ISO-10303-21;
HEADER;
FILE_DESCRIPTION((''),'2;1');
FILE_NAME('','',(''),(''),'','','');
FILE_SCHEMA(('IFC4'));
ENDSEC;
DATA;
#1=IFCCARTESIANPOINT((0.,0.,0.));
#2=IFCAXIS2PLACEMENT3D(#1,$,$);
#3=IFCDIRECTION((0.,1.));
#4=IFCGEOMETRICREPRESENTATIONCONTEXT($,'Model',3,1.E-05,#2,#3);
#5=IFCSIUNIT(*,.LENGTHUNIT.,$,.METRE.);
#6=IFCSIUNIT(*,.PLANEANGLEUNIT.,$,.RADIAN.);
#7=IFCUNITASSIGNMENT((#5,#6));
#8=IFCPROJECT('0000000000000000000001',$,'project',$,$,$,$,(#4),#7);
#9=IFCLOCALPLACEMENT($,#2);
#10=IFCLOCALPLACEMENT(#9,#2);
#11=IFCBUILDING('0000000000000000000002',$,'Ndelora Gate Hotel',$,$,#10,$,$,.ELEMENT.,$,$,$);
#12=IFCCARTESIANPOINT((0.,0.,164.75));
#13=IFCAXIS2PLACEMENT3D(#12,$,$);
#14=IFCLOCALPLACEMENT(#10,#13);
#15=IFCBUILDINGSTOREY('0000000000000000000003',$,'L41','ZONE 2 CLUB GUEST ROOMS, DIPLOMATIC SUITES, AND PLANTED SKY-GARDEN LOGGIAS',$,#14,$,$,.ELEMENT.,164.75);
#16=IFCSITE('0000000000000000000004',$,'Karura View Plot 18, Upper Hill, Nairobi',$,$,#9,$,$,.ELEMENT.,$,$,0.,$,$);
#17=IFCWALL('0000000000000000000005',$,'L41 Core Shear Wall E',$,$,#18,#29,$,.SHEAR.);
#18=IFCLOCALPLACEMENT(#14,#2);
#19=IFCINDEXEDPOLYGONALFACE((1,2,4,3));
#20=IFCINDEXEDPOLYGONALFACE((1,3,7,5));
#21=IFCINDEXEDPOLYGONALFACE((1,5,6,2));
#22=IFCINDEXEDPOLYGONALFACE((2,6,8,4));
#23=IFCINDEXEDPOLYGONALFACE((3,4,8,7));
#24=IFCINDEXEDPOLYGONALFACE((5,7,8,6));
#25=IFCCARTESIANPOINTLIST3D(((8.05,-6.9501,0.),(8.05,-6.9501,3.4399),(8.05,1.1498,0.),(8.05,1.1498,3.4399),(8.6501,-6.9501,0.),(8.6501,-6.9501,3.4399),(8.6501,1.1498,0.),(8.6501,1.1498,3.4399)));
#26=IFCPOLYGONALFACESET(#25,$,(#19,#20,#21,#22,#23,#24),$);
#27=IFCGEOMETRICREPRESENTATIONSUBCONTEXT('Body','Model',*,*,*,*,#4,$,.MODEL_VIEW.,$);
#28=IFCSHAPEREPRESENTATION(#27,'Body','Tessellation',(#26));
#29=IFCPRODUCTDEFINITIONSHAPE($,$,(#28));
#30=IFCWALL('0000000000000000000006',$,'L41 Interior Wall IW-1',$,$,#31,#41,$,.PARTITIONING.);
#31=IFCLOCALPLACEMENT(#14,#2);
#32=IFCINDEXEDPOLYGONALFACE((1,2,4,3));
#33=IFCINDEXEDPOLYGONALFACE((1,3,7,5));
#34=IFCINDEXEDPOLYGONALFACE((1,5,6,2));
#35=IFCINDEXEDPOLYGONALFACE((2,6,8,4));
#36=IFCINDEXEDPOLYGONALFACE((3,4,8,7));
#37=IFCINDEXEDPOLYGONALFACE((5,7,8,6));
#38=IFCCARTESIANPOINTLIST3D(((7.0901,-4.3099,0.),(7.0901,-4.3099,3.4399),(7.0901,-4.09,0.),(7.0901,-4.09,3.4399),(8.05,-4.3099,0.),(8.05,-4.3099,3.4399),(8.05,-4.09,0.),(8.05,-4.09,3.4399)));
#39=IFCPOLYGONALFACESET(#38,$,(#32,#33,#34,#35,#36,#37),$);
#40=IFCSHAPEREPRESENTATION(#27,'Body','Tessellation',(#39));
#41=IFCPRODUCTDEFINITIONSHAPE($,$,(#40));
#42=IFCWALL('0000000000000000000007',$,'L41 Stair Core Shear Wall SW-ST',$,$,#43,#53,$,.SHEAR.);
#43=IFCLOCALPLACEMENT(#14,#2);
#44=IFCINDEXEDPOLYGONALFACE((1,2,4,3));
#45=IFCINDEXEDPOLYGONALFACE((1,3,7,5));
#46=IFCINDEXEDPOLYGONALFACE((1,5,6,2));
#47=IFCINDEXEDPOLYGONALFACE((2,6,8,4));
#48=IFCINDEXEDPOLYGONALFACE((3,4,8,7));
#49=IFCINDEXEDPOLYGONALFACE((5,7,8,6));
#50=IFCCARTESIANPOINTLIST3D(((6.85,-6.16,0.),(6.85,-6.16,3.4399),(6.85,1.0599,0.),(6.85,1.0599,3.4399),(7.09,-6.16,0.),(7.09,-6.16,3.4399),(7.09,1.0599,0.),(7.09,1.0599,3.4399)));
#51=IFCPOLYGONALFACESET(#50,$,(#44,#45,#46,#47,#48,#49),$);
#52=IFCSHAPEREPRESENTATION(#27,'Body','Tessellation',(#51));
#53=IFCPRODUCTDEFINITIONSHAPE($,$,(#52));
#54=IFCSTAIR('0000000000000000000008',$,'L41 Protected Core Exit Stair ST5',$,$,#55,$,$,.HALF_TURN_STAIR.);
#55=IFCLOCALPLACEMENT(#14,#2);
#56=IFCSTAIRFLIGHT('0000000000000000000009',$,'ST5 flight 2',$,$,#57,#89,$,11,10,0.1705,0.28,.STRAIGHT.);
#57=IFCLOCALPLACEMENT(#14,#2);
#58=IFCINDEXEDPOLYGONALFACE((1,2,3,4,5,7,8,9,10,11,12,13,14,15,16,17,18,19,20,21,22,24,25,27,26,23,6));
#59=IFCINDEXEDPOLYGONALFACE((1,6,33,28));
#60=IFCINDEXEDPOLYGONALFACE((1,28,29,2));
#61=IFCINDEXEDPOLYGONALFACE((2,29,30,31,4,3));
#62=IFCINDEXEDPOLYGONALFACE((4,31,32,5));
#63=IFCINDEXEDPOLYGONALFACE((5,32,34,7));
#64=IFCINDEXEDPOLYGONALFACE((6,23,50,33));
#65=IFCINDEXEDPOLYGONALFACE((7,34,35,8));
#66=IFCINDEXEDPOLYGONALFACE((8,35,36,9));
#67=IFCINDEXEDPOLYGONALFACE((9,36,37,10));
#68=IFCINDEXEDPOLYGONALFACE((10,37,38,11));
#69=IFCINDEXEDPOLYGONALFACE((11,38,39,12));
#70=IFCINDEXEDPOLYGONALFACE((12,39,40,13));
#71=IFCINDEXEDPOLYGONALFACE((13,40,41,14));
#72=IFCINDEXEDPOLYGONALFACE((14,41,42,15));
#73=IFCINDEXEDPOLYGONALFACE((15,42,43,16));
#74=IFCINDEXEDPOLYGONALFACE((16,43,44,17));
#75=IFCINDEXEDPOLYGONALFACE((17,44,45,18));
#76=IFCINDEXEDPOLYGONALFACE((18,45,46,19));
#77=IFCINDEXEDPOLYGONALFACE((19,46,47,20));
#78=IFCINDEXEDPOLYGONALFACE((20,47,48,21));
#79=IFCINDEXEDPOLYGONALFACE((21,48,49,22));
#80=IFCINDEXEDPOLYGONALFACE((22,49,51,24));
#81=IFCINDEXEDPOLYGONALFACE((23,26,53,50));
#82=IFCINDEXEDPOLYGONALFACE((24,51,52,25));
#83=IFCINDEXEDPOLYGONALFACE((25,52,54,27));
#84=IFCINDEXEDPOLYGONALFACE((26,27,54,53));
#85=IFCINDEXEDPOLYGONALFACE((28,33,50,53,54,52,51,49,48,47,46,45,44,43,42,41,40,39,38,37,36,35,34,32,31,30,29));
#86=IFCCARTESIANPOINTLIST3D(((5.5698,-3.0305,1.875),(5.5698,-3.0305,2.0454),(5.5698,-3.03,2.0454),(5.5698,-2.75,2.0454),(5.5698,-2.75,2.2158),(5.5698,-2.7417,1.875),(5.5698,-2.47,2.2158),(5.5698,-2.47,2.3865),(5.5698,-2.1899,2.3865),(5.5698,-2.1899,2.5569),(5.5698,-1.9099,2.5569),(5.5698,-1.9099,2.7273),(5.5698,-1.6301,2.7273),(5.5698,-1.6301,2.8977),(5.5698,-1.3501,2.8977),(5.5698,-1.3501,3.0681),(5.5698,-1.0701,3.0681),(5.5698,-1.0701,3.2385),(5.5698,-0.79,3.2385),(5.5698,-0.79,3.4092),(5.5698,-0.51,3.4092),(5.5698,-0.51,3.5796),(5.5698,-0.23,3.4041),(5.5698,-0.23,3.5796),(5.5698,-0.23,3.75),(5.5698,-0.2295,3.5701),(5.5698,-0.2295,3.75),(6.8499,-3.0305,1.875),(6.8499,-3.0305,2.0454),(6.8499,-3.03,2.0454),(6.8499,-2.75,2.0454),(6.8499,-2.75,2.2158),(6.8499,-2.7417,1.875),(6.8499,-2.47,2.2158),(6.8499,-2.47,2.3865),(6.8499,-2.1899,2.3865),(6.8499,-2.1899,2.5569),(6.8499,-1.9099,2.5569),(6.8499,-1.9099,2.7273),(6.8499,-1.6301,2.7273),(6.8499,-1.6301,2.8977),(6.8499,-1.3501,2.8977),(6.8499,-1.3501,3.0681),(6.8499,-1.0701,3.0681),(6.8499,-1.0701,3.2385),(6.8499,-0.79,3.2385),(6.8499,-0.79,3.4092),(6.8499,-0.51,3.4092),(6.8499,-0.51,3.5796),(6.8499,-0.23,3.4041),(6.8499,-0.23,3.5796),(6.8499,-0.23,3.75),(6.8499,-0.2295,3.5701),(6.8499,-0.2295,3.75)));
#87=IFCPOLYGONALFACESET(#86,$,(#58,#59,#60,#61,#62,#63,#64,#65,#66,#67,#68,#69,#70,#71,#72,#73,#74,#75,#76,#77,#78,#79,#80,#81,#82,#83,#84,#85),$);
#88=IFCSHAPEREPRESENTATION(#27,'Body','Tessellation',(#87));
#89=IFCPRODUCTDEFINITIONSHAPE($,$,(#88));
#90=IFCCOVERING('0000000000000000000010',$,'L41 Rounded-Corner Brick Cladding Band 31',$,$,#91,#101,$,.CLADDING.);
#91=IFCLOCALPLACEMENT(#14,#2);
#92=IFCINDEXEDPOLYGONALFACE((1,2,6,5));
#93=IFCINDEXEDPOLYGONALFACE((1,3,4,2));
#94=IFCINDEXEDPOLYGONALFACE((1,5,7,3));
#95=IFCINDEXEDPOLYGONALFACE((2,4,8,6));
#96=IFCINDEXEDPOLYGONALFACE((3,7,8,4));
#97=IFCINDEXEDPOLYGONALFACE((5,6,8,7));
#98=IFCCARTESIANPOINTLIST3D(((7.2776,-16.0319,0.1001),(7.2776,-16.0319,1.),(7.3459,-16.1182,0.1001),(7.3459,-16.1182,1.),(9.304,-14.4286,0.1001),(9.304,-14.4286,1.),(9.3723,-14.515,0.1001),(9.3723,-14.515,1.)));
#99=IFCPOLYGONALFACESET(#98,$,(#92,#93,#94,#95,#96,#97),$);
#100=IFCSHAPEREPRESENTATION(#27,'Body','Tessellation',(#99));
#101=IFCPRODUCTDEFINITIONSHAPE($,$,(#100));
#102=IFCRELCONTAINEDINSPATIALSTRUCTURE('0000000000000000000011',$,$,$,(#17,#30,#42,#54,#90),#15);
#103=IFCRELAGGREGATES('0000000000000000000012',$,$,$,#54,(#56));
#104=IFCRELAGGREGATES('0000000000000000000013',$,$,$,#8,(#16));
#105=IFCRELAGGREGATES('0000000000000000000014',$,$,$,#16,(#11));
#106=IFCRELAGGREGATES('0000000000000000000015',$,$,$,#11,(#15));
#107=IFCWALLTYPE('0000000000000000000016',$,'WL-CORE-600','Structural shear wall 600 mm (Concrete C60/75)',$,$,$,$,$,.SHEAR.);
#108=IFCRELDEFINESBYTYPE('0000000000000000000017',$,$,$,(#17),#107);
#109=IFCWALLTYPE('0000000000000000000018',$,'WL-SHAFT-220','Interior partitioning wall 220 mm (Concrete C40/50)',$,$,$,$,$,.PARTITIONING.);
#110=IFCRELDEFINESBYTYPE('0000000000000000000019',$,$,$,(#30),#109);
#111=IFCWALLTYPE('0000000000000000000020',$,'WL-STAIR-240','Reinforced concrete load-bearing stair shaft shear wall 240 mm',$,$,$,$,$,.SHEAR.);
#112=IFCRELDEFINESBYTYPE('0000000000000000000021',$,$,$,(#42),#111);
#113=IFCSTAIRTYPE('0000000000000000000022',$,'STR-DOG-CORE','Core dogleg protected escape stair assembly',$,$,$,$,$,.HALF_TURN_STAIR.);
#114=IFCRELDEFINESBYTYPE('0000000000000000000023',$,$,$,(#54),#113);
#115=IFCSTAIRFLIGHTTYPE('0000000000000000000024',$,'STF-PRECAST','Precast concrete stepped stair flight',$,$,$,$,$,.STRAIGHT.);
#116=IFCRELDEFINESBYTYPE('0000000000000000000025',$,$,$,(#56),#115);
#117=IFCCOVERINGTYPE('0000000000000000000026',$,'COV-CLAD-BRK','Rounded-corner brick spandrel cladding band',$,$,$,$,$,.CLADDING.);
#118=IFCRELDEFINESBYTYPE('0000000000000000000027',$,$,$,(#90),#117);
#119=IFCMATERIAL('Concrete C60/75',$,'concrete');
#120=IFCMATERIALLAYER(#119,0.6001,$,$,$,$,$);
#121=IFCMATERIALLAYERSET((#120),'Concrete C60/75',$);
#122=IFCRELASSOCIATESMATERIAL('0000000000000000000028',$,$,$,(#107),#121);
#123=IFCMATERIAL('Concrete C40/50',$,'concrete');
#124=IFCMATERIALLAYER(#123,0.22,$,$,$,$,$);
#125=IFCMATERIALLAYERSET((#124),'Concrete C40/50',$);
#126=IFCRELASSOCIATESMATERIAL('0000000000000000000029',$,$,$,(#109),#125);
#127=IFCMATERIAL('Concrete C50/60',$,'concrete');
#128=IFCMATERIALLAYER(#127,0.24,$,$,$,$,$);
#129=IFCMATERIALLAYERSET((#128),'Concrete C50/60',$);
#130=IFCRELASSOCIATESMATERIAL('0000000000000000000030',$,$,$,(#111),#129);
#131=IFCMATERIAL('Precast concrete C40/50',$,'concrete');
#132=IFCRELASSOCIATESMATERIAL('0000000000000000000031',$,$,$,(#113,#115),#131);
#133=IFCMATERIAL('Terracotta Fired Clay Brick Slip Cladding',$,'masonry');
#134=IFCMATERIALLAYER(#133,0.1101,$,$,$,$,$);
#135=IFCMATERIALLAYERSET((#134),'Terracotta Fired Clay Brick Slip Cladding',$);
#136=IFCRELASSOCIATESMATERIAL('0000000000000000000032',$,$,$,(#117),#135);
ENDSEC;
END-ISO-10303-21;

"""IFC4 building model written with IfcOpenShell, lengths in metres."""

from ifc_helpers import new_model, si_unit, direction, frame, frame_2d, origin, origin_2d, place, context, subcontext, project, spatial, polyline, rectangle, outline, extrude, material, layer, layer_set, type_object, element, aggregate, save


model = new_model("IFC4")

# Units and contexts
model_context = context("Model", 3, precision=1e-05, world=origin(), true_north=direction((0.0, 1.0)))
body_context = subcontext(model_context, "Body", "Model", "MODEL_VIEW")
ifc_project = project(units=[si_unit("LENGTHUNIT", "METRE"), si_unit("PLANEANGLEUNIT", "RADIAN")], contexts=[model_context])

# Site, building, storey
site_placement = place(None, origin())
site = spatial("IfcSite", under=ifc_project, at=site_placement, Name="Karura View Plot 18, Upper Hill, Nairobi", CompositionType="ELEMENT", RefElevation=0.0)
building_placement = place(site_placement, origin())
building = spatial("IfcBuilding", under=site, at=building_placement, Name="Ndelora Gate Hotel", CompositionType="ELEMENT")
storey_placement = place(building_placement, frame((0.0, 0.0, 164.75)))
storey = spatial("IfcBuildingStorey", under=building, at=storey_placement, Name="L41", Description="ZONE 2 CLUB GUEST ROOMS, DIPLOMATIC SUITES, AND PLANTED SKY-GARDEN LOGGIAS", CompositionType="ELEMENT", Elevation=164.75)

# Shared definitions
ifc_material_1 = material(Name="Concrete C60/75", Category="concrete")

# Walls
ifc_layer_1 = layer(ifc_material_1, 0.6001)
ifc_layer_set_1 = layer_set([ifc_layer_1], Name="Concrete C60/75")
wall_type_1 = type_object("IfcWallType", Name="WL-CORE-600", Description="Structural shear wall 600 mm (Concrete C60/75)", PredefinedType="SHEAR", material=ifc_layer_set_1)
wall_1_placement = place(storey_placement, frame((8.3501, -6.95, 0.0), z_axis=(0.0, 0.0, 1.0), x_axis=(0.0, 1.0, 0.0)))
element("IfcWall", 1, at=wall_1_placement, inside=storey, type_object=wall_type_1, Name="L41 Core Shear Wall E", PredefinedType="SHEAR", context=body_context, shape_type="SweptSolid", body=[
    extrude(rectangle(XDim=8.0999, YDim=0.6001, at=frame_2d((4.0498, 0.0))), origin(), (0.0, 0.0, 1.0), 3.4399),
])
ifc_material_2 = material(Name="Concrete C40/50", Category="concrete")
ifc_layer_2 = layer(ifc_material_2, 0.22)
ifc_layer_set_2 = layer_set([ifc_layer_2], Name="Concrete C40/50")
wall_type_2 = type_object("IfcWallType", Name="WL-SHAFT-220", Description="Interior partitioning wall 220 mm (Concrete C40/50)", PredefinedType="PARTITIONING", material=ifc_layer_set_2)
wall_2_placement = place(storey_placement, frame((7.0901, -4.2, 0.0), z_axis=(0.0, 0.0, 1.0), x_axis=(1.0, 0.0, 0.0)))
element("IfcWall", 2, at=wall_2_placement, inside=storey, type_object=wall_type_2, Name="L41 Interior Wall IW-1", PredefinedType="PARTITIONING", context=body_context, shape_type="SweptSolid", body=[
    extrude(rectangle(XDim=0.96, YDim=0.22, at=frame_2d((0.48, 0.0))), origin(), (0.0, 0.0, 1.0), 3.4399),
])
ifc_material_3 = material(Name="Concrete C50/60", Category="concrete")
ifc_layer_3 = layer(ifc_material_3, 0.24)
ifc_layer_set_3 = layer_set([ifc_layer_3], Name="Concrete C50/60")
wall_type_3 = type_object("IfcWallType", Name="WL-STAIR-240", Description="Reinforced concrete load-bearing stair shaft shear wall 240 mm", PredefinedType="SHEAR", material=ifc_layer_set_3)
wall_3_placement = place(storey_placement, frame((6.97, -6.1599, 0.0), z_axis=(0.0, 0.0, 1.0), x_axis=(0.0, 1.0, 0.0)))
element("IfcWall", 3, at=wall_3_placement, inside=storey, type_object=wall_type_3, Name="L41 Stair Core Shear Wall SW-ST", PredefinedType="SHEAR", context=body_context, shape_type="SweptSolid", body=[
    extrude(rectangle(XDim=7.22, YDim=0.24, at=frame_2d((3.6099, 0.0))), origin(), (0.0, 0.0, 1.0), 3.4399),
])

# Stair, stair flight
ifc_material_4 = material(Name="Precast concrete C40/50", Category="concrete")
stair_type = type_object("IfcStairType", Name="STR-DOG-CORE", Description="Core dogleg protected escape stair assembly", PredefinedType="HALF_TURN_STAIR", material=ifc_material_4)
stair_placement = place(storey_placement, origin())
stair = element("IfcStair", 4, at=stair_placement, inside=storey, type_object=stair_type, Name="L41 Protected Core Exit Stair ST5", PredefinedType="HALF_TURN_STAIR")
stair_flight_type = type_object("IfcStairFlightType", Name="STF-PRECAST", Description="Precast concrete stepped stair flight", PredefinedType="STRAIGHT", material=ifc_material_4)
stair_flight_placement = place(storey_placement, frame((6.21, -3.03, 1.875), z_axis=(0.0, 0.0, 1.0), x_axis=(0.0, 1.0, 0.0)))
stair_flight = element("IfcStairFlight", 5, at=stair_flight_placement, type_object=stair_flight_type, Name="ST5 flight 2", NumberOfRisers=11, NumberOfTreads=10, PredefinedType="STRAIGHT", RiserHeight=0.1705, TreadLength=0.28, context=body_context, shape_type="SweptSolid", body=[
    extrude(outline(polyline([(-0.0005, 0.0), (-0.0005, 0.1704), (0.0, 0.1704), (0.28, 0.1704), (0.28, 0.3408), (0.5601, 0.3408), (0.5601, 0.5115), (0.8401, 0.5115), (0.8401, 0.6819), (1.1201, 0.6819), (1.1201, 0.8523), (1.3999, 0.8523), (1.3999, 1.0227), (1.6799, 1.0227), (1.6799, 1.1931), (1.96, 1.1931), (1.96, 1.3635), (2.24, 1.3635), (2.24, 1.5342), (2.52, 1.5342), (2.52, 1.7046), (2.8, 1.7046), (2.8, 1.875), (2.8005, 1.875), (2.8005, 1.6951), (2.8, 1.5291), (0.2883, 0.0), (-0.0005, 0.0)])), frame((0.0, 0.6401, 0.0), z_axis=(0.0, -1.0, 0.0), x_axis=(1.0, 0.0, 0.0)), (0.0, 0.0, 1.0), 1.28),
])
aggregate(stair, [stair_flight])

# Covering
ifc_material_5 = material(Name="Terracotta Fired Clay Brick Slip Cladding", Category="masonry")
ifc_layer_4 = layer(ifc_material_5, 0.1101)
ifc_layer_set_4 = layer_set([ifc_layer_4], Name="Terracotta Fired Clay Brick Slip Cladding")
covering_type = type_object("IfcCoveringType", Name="COV-CLAD-BRK", Description="Rounded-corner brick spandrel cladding band", PredefinedType="CLADDING", material=ifc_layer_set_4)
covering_placement = place(storey_placement, frame((8.325, -15.2734, 0.1001), z_axis=(0.0, 0.0, 1.0), x_axis=(0.784235, 0.620464, 0.0)))
element("IfcCovering", 6, at=covering_placement, inside=storey, type_object=covering_type, Name="L41 Rounded-Corner Brick Cladding Band 31", PredefinedType="CLADDING", context=body_context, shape_type="SweptSolid", body=[
    extrude(rectangle(XDim=2.584, YDim=0.1101, at=origin_2d()), origin(), (0.0, 0.0, 1.0), 0.8999),
])

save(model, "model.ifc")
